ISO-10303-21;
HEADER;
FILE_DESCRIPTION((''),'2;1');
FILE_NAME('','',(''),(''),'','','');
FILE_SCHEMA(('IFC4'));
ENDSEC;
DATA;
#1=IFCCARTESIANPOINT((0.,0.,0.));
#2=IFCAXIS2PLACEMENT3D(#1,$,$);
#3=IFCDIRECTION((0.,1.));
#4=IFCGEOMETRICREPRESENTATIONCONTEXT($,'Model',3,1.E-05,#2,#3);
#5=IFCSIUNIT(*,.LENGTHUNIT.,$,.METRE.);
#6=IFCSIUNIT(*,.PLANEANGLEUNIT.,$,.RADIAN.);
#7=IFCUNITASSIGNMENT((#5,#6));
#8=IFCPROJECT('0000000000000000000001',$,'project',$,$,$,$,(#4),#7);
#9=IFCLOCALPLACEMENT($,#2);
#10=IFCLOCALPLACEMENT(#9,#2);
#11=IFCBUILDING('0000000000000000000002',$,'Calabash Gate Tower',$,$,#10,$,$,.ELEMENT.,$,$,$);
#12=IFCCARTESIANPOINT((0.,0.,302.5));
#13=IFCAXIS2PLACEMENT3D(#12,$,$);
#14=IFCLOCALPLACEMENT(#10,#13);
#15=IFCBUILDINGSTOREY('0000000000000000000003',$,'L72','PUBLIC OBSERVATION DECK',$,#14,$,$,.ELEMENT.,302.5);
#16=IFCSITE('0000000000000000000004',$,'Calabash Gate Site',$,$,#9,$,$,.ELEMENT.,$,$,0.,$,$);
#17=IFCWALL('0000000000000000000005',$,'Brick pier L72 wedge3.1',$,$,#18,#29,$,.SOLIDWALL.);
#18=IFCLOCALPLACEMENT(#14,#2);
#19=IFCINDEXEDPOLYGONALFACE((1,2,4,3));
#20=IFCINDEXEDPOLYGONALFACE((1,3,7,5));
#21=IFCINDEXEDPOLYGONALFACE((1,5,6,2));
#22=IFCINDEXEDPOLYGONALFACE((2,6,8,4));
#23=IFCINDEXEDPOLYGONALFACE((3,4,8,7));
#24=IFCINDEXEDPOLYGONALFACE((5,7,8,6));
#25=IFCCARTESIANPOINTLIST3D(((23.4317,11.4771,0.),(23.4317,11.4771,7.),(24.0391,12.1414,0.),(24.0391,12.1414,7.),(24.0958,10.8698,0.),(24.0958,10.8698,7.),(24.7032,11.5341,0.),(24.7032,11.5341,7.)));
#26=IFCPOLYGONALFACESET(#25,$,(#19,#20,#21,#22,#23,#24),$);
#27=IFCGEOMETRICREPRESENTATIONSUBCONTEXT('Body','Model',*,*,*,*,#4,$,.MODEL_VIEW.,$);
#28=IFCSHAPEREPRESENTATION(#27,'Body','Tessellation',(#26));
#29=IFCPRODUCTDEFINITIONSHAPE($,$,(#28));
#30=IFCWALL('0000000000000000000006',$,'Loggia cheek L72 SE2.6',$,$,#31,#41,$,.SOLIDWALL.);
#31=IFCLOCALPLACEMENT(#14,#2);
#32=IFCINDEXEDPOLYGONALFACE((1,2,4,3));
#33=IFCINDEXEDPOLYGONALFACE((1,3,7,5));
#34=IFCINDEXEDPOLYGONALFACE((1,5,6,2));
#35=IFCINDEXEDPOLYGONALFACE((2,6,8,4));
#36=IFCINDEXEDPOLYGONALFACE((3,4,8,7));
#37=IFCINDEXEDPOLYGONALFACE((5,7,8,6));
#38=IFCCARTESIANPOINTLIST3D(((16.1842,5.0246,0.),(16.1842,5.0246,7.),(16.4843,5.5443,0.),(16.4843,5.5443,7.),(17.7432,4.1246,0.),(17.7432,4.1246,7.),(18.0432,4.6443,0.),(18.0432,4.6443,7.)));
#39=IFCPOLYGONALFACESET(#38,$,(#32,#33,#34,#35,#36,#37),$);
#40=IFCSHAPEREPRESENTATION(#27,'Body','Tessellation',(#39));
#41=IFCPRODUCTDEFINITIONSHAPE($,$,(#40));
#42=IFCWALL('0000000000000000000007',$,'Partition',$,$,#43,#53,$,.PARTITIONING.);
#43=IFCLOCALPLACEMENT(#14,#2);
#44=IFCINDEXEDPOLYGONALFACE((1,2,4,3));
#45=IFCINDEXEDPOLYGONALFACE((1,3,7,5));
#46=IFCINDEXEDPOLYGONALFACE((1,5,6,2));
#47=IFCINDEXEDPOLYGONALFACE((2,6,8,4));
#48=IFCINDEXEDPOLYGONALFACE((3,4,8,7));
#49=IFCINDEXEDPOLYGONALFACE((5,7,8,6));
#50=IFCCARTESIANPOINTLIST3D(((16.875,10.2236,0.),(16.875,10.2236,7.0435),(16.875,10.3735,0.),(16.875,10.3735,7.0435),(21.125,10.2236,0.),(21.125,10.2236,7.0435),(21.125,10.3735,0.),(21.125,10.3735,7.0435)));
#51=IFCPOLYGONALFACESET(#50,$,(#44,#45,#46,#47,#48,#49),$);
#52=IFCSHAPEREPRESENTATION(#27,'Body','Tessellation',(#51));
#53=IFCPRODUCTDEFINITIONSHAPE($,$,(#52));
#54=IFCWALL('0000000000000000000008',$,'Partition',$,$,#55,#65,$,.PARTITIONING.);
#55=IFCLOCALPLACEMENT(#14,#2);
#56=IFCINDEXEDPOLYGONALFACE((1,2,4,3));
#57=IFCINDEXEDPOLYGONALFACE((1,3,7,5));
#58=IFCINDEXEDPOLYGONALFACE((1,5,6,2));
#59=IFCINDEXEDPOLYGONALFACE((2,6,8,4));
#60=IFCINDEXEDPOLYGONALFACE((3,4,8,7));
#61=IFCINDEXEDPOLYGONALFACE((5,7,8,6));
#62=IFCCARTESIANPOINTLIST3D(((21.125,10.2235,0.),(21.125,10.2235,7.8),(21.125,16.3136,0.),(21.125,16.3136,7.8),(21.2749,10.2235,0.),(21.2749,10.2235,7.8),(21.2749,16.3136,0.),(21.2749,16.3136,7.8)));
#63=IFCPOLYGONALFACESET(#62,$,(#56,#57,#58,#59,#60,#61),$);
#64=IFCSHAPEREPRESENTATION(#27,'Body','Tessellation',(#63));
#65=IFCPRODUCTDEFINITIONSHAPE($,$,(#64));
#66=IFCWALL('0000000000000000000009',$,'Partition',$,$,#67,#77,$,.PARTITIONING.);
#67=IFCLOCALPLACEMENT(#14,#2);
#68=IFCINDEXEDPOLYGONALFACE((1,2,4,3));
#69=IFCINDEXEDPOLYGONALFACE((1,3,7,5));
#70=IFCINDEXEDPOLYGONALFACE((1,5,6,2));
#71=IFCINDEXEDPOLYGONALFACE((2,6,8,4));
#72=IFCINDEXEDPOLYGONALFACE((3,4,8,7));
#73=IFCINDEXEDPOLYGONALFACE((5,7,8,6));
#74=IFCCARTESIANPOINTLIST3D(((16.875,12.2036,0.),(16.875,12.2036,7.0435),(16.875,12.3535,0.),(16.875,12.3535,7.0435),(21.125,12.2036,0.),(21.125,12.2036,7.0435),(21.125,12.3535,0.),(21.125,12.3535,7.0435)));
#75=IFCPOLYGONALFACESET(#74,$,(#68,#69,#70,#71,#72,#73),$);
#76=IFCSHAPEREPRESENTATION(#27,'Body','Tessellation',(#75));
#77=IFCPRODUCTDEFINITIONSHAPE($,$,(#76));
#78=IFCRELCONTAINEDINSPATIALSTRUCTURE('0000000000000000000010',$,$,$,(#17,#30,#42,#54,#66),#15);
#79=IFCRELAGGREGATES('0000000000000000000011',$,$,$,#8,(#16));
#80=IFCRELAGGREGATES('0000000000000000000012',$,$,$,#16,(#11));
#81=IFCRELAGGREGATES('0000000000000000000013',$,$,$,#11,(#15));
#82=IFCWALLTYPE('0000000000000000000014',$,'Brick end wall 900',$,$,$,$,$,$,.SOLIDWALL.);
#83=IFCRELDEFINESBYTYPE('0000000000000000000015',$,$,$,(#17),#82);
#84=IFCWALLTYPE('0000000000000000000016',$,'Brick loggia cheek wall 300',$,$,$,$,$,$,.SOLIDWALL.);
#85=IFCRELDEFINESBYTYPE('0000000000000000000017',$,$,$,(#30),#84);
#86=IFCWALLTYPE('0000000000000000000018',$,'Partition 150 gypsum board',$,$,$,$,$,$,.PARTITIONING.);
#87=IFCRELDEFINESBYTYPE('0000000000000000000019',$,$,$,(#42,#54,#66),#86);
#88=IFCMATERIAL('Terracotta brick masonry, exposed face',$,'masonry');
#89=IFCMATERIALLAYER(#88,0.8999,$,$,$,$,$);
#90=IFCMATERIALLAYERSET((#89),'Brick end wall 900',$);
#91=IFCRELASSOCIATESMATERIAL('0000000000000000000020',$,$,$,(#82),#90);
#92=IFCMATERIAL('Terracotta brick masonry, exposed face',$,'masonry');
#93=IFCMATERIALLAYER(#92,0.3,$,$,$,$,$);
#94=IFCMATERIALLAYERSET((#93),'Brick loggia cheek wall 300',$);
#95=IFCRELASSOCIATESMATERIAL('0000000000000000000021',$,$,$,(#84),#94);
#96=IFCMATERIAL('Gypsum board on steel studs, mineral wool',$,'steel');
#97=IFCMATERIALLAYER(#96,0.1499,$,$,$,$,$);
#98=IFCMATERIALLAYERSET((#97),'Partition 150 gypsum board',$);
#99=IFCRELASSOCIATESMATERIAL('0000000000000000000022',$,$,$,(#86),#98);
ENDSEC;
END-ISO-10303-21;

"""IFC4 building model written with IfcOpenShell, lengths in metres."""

from ifc_helpers import new_model, si_unit, direction, frame, frame_2d, origin, place, context, subcontext, project, spatial, rectangle, extrude, material, layer, layer_set, type_object, element, save


model = new_model("IFC4")

# Units and contexts
model_context = context("Model", 3, precision=1e-05, world=origin(), true_north=direction((0.0, 1.0)))
body_context = subcontext(model_context, "Body", "Model", "MODEL_VIEW")
ifc_project = project(units=[si_unit("LENGTHUNIT", "METRE"), si_unit("PLANEANGLEUNIT", "RADIAN")], contexts=[model_context])

# Site, building, storey
site_placement = place(None, origin())
site = spatial("IfcSite", under=ifc_project, at=site_placement, Name="Calabash Gate Site", CompositionType="ELEMENT", RefElevation=0.0)
building_placement = place(site_placement, origin())
building = spatial("IfcBuilding", under=site, at=building_placement, Name="Calabash Gate Tower", CompositionType="ELEMENT")
storey_placement = place(building_placement, frame((0.0, 0.0, 302.5)))
storey = spatial("IfcBuildingStorey", under=building, at=storey_placement, Name="L72", Description="PUBLIC OBSERVATION DECK", CompositionType="ELEMENT", Elevation=302.5)

# Walls
ifc_material_1 = material(Name="Terracotta brick masonry, exposed face", Category="masonry")
ifc_layer_1 = layer(ifc_material_1, 0.8999)
ifc_layer_set_1 = layer_set([ifc_layer_1], Name="Brick end wall 900")
wall_type_1 = type_object("IfcWallType", Name="Brick end wall 900", PredefinedType="SOLIDWALL", material=ifc_layer_set_1)
wall_1_placement = place(storey_placement, frame((23.7637, 11.1733, 0.0), z_axis=(0.0, 0.0, 1.0), x_axis=(0.674803, 0.737998, 0.0)))
element("IfcWall", 1, at=wall_1_placement, inside=storey, type_object=wall_type_1, Name="Brick pier L72 wedge3.1", PredefinedType="SOLIDWALL", context=body_context, shape_type="SweptSolid", body=[
    extrude(rectangle(XDim=0.9001, YDim=0.8999, at=frame_2d((0.4502, 0.0))), origin(), (0.0, 0.0, 1.0), 7.0),
])
ifc_material_2 = material(Name="Terracotta brick masonry, exposed face", Category="masonry")
ifc_layer_2 = layer(ifc_material_2, 0.3)
ifc_layer_set_2 = layer_set([ifc_layer_2], Name="Brick loggia cheek wall 300")
wall_type_2 = type_object("IfcWallType", Name="Brick loggia cheek wall 300", PredefinedType="SOLIDWALL", material=ifc_layer_set_2)
wall_2_placement = place(storey_placement, frame((17.8931, 4.3845, 0.0), z_axis=(0.0, 0.0, 1.0), x_axis=(-0.866048, 0.499961, 0.0)))
element("IfcWall", 2, at=wall_2_placement, inside=storey, type_object=wall_type_2, Name="Loggia cheek L72 SE2.6", PredefinedType="SOLIDWALL", context=body_context, shape_type="SweptSolid", body=[
    extrude(rectangle(XDim=1.8, YDim=0.6001, at=frame_2d((0.8999, 0.0))), origin(), (0.0, 0.0, 1.0), 7.0),
])
ifc_material_3 = material(Name="Gypsum board on steel studs, mineral wool", Category="steel")
ifc_layer_3 = layer(ifc_material_3, 0.1499)
ifc_layer_set_3 = layer_set([ifc_layer_3], Name="Partition 150 gypsum board")
wall_type_3 = type_object("IfcWallType", Name="Partition 150 gypsum board", PredefinedType="PARTITIONING", material=ifc_layer_set_3)
wall_3_placement = place(storey_placement, frame((16.875, 10.2986, 0.0), z_axis=(0.0, 0.0, 1.0), x_axis=(1.0, 0.0, 0.0)))
element("IfcWall", 3, at=wall_3_placement, inside=storey, type_object=wall_type_3, Name="Partition", PredefinedType="PARTITIONING", context=body_context, shape_type="SweptSolid", body=[
    extrude(rectangle(XDim=4.25, YDim=0.1499, at=frame_2d((2.125, 0.0))), origin(), (0.0, 0.0, 1.0), 7.0435),
])
wall_4_placement = place(storey_placement, frame((21.2, 10.2236, 0.0), z_axis=(0.0, 0.0, 1.0), x_axis=(0.0, 1.0, 0.0)))
element("IfcWall", 4, at=wall_4_placement, inside=storey, type_object=wall_type_3, Name="Partition", PredefinedType="PARTITIONING", context=body_context, shape_type="SweptSolid", body=[
    extrude(rectangle(XDim=6.0901, YDim=0.1499, at=frame_2d((3.0449, 0.0))), origin(), (0.0, 0.0, 1.0), 7.8),
])
wall_5_placement = place(storey_placement, frame((16.875, 12.2786, 0.0), z_axis=(0.0, 0.0, 1.0), x_axis=(1.0, 0.0, 0.0)))
element("IfcWall", 5, at=wall_5_placement, inside=storey, type_object=wall_type_3, Name="Partition", PredefinedType="PARTITIONING", context=body_context, shape_type="SweptSolid", body=[
    extrude(rectangle(XDim=4.25, YDim=0.1499, at=frame_2d((2.125, 0.0))), origin(), (0.0, 0.0, 1.0), 7.0435),
])

save(model, "model.ifc")
